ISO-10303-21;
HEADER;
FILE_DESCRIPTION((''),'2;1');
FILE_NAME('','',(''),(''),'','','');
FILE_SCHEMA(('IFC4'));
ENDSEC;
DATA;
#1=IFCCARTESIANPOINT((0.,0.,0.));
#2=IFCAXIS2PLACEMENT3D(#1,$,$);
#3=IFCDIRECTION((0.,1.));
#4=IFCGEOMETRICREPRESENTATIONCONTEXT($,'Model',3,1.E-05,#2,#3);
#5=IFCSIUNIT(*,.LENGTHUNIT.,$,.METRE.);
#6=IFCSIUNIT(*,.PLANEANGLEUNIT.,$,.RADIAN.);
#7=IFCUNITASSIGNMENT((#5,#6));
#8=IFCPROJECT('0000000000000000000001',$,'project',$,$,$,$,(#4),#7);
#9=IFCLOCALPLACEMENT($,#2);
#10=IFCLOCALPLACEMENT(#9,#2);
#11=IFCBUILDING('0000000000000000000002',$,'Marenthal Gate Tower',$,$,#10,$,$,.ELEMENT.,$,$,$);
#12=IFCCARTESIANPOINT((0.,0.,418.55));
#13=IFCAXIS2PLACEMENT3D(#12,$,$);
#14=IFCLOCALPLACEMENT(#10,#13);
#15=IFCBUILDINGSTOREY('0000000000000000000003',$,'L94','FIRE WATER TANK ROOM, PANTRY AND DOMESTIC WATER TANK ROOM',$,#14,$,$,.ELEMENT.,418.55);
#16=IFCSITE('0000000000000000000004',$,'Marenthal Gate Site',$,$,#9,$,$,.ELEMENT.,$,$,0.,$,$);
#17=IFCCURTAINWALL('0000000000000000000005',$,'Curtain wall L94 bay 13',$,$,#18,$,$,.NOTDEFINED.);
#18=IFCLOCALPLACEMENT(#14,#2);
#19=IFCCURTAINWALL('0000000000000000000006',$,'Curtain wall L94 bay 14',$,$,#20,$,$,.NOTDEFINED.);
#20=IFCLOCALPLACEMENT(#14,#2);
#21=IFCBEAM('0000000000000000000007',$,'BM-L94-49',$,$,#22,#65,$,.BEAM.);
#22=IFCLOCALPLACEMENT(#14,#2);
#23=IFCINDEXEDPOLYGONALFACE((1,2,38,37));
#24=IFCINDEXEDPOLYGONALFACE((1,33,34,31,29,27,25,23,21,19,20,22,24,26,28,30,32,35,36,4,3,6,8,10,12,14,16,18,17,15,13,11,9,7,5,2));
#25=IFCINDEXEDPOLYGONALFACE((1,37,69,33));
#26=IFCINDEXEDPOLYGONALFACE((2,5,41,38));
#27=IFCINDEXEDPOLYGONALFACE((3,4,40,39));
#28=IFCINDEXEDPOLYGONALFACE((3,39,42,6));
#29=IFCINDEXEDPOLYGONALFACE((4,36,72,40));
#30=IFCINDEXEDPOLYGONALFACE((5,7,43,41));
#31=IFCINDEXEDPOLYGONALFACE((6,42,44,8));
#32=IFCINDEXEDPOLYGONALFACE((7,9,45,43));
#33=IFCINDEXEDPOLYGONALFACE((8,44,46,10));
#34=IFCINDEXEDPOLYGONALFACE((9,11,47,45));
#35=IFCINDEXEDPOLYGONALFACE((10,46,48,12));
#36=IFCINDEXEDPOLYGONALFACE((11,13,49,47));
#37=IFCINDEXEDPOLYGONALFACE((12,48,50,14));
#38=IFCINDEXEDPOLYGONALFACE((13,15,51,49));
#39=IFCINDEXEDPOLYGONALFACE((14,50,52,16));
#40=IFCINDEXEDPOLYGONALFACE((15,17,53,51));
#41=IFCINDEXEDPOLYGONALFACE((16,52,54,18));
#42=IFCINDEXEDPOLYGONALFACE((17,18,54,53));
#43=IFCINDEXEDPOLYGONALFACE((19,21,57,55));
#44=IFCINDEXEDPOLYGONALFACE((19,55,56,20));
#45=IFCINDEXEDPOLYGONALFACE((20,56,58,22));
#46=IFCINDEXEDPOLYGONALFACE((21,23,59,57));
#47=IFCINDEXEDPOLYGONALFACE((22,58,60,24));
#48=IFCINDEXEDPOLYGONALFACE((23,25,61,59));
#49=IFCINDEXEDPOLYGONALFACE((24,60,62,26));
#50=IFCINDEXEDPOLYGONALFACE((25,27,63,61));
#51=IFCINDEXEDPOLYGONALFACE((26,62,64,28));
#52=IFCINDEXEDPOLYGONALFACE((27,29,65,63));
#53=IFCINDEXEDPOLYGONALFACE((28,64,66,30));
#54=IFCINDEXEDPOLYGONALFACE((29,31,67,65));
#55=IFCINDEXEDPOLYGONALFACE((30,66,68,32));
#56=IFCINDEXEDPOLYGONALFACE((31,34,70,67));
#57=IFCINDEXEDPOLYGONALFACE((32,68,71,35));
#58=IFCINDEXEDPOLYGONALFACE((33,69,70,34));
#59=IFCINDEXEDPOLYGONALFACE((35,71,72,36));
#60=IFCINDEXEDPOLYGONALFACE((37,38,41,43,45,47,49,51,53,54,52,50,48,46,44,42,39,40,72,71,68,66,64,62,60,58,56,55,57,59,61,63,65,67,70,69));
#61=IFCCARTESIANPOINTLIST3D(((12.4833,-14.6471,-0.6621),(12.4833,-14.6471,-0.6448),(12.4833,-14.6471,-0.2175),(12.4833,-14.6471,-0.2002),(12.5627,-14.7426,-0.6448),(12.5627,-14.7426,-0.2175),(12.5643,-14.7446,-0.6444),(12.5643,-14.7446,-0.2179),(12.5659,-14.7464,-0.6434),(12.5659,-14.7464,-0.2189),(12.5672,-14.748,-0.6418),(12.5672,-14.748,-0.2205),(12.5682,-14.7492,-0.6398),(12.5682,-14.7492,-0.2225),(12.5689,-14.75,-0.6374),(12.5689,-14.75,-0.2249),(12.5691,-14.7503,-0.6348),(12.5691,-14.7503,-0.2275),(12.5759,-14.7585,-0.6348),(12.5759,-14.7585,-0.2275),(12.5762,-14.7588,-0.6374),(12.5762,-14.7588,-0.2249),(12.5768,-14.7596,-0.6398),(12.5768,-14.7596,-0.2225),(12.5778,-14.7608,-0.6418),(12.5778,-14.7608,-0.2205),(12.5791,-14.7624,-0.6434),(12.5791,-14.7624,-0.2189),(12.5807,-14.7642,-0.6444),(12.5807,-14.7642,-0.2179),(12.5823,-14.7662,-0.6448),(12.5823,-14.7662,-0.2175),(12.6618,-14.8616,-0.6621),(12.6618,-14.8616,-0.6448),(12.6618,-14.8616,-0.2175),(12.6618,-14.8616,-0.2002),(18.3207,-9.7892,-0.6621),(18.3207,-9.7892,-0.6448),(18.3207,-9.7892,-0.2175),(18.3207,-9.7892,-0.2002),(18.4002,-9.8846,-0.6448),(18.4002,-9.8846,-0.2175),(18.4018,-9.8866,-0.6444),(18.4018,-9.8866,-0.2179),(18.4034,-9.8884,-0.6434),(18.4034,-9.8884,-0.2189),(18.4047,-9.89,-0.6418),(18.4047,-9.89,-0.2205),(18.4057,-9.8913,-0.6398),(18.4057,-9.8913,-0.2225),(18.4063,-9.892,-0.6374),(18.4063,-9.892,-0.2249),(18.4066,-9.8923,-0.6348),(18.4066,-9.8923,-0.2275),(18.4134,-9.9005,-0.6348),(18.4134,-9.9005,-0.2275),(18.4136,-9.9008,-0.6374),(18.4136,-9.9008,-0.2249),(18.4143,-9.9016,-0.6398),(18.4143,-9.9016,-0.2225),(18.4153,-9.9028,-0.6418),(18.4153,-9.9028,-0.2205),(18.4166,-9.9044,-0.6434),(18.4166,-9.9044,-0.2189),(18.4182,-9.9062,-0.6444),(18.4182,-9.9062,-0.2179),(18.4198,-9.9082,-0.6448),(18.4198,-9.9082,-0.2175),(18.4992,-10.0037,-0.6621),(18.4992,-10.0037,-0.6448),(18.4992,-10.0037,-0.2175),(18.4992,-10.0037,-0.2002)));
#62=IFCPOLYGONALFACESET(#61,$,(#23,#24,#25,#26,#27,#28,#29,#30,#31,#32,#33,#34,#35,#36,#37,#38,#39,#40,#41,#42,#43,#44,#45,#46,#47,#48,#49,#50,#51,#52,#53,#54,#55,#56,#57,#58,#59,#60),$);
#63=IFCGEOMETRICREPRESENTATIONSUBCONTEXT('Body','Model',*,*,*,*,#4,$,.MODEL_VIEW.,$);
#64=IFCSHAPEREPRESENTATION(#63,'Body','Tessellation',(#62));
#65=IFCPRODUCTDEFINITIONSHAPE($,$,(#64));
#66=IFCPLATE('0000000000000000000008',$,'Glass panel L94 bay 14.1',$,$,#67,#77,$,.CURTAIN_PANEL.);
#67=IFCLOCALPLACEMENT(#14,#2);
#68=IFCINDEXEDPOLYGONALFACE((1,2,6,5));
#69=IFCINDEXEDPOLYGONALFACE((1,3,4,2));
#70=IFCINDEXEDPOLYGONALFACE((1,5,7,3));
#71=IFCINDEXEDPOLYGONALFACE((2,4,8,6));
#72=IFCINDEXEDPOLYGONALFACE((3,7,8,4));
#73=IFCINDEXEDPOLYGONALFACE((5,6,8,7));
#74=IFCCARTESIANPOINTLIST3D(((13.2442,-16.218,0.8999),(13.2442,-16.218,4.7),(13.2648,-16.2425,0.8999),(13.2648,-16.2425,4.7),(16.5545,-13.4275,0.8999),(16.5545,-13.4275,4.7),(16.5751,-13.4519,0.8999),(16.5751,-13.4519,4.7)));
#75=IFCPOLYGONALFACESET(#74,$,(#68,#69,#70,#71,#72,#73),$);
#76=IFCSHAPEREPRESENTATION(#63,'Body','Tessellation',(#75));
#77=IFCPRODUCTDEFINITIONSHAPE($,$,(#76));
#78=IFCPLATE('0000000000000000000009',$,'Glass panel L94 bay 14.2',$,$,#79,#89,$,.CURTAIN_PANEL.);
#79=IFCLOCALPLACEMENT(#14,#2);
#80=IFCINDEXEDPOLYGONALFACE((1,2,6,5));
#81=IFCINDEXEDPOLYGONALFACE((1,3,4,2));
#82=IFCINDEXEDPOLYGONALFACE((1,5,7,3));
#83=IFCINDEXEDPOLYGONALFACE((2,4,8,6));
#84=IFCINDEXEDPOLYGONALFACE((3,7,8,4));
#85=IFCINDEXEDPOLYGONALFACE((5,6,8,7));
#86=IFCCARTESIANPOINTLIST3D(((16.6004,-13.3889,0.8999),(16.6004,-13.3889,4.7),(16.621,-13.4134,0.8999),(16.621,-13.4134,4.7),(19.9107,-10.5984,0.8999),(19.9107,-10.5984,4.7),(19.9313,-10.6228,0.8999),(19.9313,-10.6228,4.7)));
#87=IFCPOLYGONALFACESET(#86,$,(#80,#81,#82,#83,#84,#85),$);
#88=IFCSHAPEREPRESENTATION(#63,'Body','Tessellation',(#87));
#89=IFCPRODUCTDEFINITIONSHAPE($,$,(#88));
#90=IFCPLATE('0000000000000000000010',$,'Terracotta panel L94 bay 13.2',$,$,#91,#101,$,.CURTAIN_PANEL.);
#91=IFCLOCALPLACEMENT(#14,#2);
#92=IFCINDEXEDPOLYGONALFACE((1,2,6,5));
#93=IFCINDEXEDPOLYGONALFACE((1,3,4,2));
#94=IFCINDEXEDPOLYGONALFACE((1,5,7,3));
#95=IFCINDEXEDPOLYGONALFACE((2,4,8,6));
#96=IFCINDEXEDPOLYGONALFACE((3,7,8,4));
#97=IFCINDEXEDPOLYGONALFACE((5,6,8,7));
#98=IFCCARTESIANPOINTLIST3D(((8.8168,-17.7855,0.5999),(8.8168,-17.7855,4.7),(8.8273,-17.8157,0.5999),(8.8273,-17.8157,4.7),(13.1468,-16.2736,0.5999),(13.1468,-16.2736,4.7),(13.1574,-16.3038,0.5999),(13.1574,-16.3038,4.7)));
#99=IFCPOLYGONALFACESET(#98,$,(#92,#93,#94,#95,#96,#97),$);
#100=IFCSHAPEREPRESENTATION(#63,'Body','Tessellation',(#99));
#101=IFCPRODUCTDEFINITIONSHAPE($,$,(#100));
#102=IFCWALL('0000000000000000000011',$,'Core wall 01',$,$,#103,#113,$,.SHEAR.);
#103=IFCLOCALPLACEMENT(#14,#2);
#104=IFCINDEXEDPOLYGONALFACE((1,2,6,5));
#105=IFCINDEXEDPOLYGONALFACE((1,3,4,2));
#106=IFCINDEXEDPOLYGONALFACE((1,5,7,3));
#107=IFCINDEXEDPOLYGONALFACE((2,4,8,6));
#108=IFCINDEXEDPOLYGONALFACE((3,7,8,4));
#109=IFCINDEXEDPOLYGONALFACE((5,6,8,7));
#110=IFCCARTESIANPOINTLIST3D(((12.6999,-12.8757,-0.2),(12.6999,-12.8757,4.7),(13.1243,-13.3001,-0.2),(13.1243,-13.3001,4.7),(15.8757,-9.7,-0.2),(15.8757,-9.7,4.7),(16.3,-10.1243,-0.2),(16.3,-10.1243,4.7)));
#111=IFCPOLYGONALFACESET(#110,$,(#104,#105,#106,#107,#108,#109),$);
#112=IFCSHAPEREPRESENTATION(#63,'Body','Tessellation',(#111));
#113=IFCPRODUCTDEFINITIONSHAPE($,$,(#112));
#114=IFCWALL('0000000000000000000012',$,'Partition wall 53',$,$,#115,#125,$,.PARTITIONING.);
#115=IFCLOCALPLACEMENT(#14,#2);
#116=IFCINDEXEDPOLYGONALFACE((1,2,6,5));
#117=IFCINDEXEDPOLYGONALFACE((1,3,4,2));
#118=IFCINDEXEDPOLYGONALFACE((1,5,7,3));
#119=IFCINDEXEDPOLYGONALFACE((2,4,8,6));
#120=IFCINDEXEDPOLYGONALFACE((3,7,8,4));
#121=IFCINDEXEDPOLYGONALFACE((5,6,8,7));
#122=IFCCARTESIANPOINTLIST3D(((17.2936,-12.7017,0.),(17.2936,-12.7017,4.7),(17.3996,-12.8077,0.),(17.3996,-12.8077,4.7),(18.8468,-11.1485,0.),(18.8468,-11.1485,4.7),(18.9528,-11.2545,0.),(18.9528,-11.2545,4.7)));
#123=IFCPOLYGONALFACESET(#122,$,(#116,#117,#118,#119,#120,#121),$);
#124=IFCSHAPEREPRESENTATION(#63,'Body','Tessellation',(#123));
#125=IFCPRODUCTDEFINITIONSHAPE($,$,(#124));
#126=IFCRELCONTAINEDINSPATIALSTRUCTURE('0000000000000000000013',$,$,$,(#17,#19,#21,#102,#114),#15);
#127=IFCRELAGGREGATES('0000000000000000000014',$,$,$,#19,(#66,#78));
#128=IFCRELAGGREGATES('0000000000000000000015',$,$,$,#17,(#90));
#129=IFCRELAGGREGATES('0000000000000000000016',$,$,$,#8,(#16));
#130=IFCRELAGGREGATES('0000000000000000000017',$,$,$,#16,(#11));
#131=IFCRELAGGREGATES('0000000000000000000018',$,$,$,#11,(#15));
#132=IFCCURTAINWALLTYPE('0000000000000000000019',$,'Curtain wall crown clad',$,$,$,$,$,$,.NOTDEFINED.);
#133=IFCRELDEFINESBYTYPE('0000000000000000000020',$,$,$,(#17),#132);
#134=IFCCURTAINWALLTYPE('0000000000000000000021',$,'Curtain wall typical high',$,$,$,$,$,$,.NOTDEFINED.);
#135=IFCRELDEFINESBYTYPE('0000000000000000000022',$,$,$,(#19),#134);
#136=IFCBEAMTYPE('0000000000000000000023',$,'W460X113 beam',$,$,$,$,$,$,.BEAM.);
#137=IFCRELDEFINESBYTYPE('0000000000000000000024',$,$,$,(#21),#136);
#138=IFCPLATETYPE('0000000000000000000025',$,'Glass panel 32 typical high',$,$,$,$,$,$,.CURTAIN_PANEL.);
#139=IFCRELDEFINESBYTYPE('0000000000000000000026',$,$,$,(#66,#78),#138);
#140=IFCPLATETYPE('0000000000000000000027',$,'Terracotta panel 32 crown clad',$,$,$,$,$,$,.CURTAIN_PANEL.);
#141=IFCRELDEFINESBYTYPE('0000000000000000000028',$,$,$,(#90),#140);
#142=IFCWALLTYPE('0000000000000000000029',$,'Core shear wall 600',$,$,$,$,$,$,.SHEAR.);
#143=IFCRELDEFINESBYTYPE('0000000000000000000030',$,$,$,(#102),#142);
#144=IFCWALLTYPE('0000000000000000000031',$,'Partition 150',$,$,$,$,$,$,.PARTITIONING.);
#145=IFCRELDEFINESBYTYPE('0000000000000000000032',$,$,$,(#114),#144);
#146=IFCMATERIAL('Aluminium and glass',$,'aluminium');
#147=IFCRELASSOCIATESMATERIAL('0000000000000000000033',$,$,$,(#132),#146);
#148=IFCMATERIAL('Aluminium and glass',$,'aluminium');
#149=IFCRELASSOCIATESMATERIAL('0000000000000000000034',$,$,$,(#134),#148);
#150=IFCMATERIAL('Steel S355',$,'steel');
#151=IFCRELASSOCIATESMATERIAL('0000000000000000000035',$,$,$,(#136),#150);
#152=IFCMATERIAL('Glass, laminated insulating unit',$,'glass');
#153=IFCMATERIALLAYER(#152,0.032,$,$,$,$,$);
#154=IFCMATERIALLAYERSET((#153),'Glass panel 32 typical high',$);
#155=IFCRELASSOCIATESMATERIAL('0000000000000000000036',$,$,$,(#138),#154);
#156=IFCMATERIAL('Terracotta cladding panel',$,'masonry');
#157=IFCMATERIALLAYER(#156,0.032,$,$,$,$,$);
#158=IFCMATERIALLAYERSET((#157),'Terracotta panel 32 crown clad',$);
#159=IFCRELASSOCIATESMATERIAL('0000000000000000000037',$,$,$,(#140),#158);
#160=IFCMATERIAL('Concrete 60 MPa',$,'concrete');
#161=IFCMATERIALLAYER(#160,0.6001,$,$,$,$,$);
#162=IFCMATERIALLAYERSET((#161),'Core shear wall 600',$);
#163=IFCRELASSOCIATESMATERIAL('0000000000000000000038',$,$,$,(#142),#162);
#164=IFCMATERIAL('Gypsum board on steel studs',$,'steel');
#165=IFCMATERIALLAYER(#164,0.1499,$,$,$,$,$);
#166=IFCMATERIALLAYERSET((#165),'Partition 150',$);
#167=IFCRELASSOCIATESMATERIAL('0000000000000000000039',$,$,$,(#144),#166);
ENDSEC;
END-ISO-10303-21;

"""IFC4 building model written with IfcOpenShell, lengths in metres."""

from ifc_helpers import new_model, si_unit, direction, frame, frame_2d, origin, origin_2d, place, context, subcontext, project, spatial, rectangle, i_section, extrude, material, layer, layer_set, material_profile, profile_set, type_object, element, aggregate, save


model = new_model("IFC4")

# Units and contexts
model_context = context("Model", 3, precision=1e-05, world=origin(), true_north=direction((0.0, 1.0)))
body_context = subcontext(model_context, "Body", "Model", "MODEL_VIEW")
ifc_project = project(units=[si_unit("LENGTHUNIT", "METRE"), si_unit("PLANEANGLEUNIT", "RADIAN")], contexts=[model_context])

# Site, building, storey
site_placement = place(None, origin())
site = spatial("IfcSite", under=ifc_project, at=site_placement, Name="Marenthal Gate Site", CompositionType="ELEMENT", RefElevation=0.0)
building_placement = place(site_placement, origin())
building = spatial("IfcBuilding", under=site, at=building_placement, Name="Marenthal Gate Tower", CompositionType="ELEMENT")
storey_placement = place(building_placement, frame((0.0, 0.0, 418.55)))
storey = spatial("IfcBuildingStorey", under=building, at=storey_placement, Name="L94", Description="FIRE WATER TANK ROOM, PANTRY AND DOMESTIC WATER TANK ROOM", CompositionType="ELEMENT", Elevation=418.55)

# Curtain wall
ifc_material_1 = material(Name="Aluminium and glass", Category="aluminium")
curtain_wall_type_1 = type_object("IfcCurtainWallType", Name="Curtain wall crown clad", PredefinedType="NOTDEFINED", material=ifc_material_1)
curtain_wall_1_placement = place(storey_placement, origin())
curtain_wall_1 = element("IfcCurtainWall", 1, at=curtain_wall_1_placement, inside=storey, type_object=curtain_wall_type_1, Name="Curtain wall L94 bay 13", PredefinedType="NOTDEFINED")

# Curtain wall
ifc_material_2 = material(Name="Aluminium and glass", Category="aluminium")
curtain_wall_type_2 = type_object("IfcCurtainWallType", Name="Curtain wall typical high", PredefinedType="NOTDEFINED", material=ifc_material_2)
curtain_wall_2_placement = place(storey_placement, origin())
curtain_wall_2 = element("IfcCurtainWall", 2, at=curtain_wall_2_placement, inside=storey, type_object=curtain_wall_type_2, Name="Curtain wall L94 bay 14", PredefinedType="NOTDEFINED")

# Beam
ifc_material_3 = material(Name="Steel S355", Category="steel")
ifc_material_profile_1 = material_profile(ifc_material_3, i_section(OverallWidth=0.2791, OverallDepth=0.4619, WebThickness=0.0107, FlangeThickness=0.0173, FilletRadius=0.01, at=origin_2d()), Name="W460X113")
ifc_profile_set_1 = profile_set([ifc_material_profile_1], Name="Steel S355")
beam_type_1 = type_object("IfcBeamType", Name="W460X113 beam", PredefinedType="BEAM", material=ifc_profile_set_1)
beam_1_placement = place(storey_placement, frame((12.5725, -14.7544, -0.4312), z_axis=(0.768648, 0.639672, 0.0), x_axis=(-0.639672, 0.768648, 0.0)))
element("IfcBeam", 3, at=beam_1_placement, inside=storey, type_object=beam_type_1, Name="BM-L94-49", PredefinedType="BEAM", context=body_context, shape_type="SweptSolid", body=[
    extrude(i_section(OverallWidth=0.2791, OverallDepth=0.4619, WebThickness=0.0107, FlangeThickness=0.0173, FilletRadius=0.01, at=origin_2d()), origin(), (0.0, 0.0, 1.0), 7.5945),
])

# Plates
ifc_material_4 = material(Name="Glass, laminated insulating unit", Category="glass")
ifc_layer_1 = layer(ifc_material_4, 0.032)
ifc_layer_set_1 = layer_set([ifc_layer_1], Name="Glass panel 32 typical high")
plate_type_1 = type_object("IfcPlateType", Name="Glass panel 32 typical high", PredefinedType="CURTAIN_PANEL", material=ifc_layer_set_1)
plate_1_placement = place(storey_placement, frame((14.9097, -14.835, 0.8999), z_axis=(0.0, 0.0, 1.0), x_axis=(0.764578, 0.644531, 0.0)))
plate_1 = element("IfcPlate", 4, at=plate_1_placement, type_object=plate_type_1, Name="Glass panel L94 bay 14.1", PredefinedType="CURTAIN_PANEL", context=body_context, shape_type="SweptSolid", body=[
    extrude(rectangle(XDim=4.3296, YDim=0.032, at=origin_2d()), origin(), (0.0, 0.0, 1.0), 3.8),
])
plate_2_placement = place(storey_placement, frame((18.2659, -12.0059, 0.8999), z_axis=(0.0, 0.0, 1.0), x_axis=(0.764578, 0.644531, 0.0)))
plate_2 = element("IfcPlate", 5, at=plate_2_placement, type_object=plate_type_1, Name="Glass panel L94 bay 14.2", PredefinedType="CURTAIN_PANEL", context=body_context, shape_type="SweptSolid", body=[
    extrude(rectangle(XDim=4.3296, YDim=0.032, at=origin_2d()), origin(), (0.0, 0.0, 1.0), 3.8),
])
aggregate(curtain_wall_2, [plate_1, plate_2])
ifc_material_5 = material(Name="Terracotta cladding panel", Category="masonry")
ifc_layer_2 = layer(ifc_material_5, 0.032)
ifc_layer_set_2 = layer_set([ifc_layer_2], Name="Terracotta panel 32 crown clad")
plate_type_2 = type_object("IfcPlateType", Name="Terracotta panel 32 crown clad", PredefinedType="CURTAIN_PANEL", material=ifc_layer_set_2)
plate_3_placement = place(storey_placement, frame((10.9871, -17.0447, 0.5999), z_axis=(0.0, 0.0, 1.0), x_axis=(0.944101, 0.329655, 0.0)))
plate_3 = element("IfcPlate", 6, at=plate_3_placement, type_object=plate_type_2, Name="Terracotta panel L94 bay 13.2", PredefinedType="CURTAIN_PANEL", context=body_context, shape_type="SweptSolid", body=[
    extrude(rectangle(XDim=4.5864, YDim=0.032, at=origin_2d()), origin(), (0.0, 0.0, 1.0), 4.1001),
])
aggregate(curtain_wall_1, [plate_3])

# Walls
ifc_material_6 = material(Name="Concrete 60 MPa", Category="concrete")
ifc_layer_3 = layer(ifc_material_6, 0.6001)
ifc_layer_set_3 = layer_set([ifc_layer_3], Name="Core shear wall 600")
wall_type_1 = type_object("IfcWallType", Name="Core shear wall 600", PredefinedType="SHEAR", material=ifc_layer_set_3)
wall_1_placement = place(storey_placement, frame((12.9121, -13.0879, -0.2), z_axis=(0.0, 0.0, 1.0), x_axis=(0.707107, 0.707107, 0.0)))
element("IfcWall", 7, at=wall_1_placement, inside=storey, type_object=wall_type_1, Name="Core wall 01", PredefinedType="SHEAR", context=body_context, shape_type="SweptSolid", body=[
    extrude(rectangle(XDim=4.4912, YDim=0.6001, at=frame_2d((2.2456, 0.0))), origin(), (0.0, 0.0, 1.0), 4.8999),
])
ifc_material_7 = material(Name="Gypsum board on steel studs", Category="steel")
ifc_layer_4 = layer(ifc_material_7, 0.1499)
ifc_layer_set_4 = layer_set([ifc_layer_4], Name="Partition 150")
wall_type_2 = type_object("IfcWallType", Name="Partition 150", PredefinedType="PARTITIONING", material=ifc_layer_set_4)
wall_2_placement = place(storey_placement, frame((17.3467, -12.7546, 0.0), z_axis=(0.0, 0.0, 1.0), x_axis=(0.707107, 0.707107, 0.0)))
element("IfcWall", 8, at=wall_2_placement, inside=storey, type_object=wall_type_2, Name="Partition wall 53", PredefinedType="PARTITIONING", context=body_context, shape_type="SweptSolid", body=[
    extrude(rectangle(XDim=2.1965, YDim=0.1499, at=frame_2d((1.0981, 0.0))), origin(), (0.0, 0.0, 1.0), 4.7),
])

save(model, "model.ifc")
